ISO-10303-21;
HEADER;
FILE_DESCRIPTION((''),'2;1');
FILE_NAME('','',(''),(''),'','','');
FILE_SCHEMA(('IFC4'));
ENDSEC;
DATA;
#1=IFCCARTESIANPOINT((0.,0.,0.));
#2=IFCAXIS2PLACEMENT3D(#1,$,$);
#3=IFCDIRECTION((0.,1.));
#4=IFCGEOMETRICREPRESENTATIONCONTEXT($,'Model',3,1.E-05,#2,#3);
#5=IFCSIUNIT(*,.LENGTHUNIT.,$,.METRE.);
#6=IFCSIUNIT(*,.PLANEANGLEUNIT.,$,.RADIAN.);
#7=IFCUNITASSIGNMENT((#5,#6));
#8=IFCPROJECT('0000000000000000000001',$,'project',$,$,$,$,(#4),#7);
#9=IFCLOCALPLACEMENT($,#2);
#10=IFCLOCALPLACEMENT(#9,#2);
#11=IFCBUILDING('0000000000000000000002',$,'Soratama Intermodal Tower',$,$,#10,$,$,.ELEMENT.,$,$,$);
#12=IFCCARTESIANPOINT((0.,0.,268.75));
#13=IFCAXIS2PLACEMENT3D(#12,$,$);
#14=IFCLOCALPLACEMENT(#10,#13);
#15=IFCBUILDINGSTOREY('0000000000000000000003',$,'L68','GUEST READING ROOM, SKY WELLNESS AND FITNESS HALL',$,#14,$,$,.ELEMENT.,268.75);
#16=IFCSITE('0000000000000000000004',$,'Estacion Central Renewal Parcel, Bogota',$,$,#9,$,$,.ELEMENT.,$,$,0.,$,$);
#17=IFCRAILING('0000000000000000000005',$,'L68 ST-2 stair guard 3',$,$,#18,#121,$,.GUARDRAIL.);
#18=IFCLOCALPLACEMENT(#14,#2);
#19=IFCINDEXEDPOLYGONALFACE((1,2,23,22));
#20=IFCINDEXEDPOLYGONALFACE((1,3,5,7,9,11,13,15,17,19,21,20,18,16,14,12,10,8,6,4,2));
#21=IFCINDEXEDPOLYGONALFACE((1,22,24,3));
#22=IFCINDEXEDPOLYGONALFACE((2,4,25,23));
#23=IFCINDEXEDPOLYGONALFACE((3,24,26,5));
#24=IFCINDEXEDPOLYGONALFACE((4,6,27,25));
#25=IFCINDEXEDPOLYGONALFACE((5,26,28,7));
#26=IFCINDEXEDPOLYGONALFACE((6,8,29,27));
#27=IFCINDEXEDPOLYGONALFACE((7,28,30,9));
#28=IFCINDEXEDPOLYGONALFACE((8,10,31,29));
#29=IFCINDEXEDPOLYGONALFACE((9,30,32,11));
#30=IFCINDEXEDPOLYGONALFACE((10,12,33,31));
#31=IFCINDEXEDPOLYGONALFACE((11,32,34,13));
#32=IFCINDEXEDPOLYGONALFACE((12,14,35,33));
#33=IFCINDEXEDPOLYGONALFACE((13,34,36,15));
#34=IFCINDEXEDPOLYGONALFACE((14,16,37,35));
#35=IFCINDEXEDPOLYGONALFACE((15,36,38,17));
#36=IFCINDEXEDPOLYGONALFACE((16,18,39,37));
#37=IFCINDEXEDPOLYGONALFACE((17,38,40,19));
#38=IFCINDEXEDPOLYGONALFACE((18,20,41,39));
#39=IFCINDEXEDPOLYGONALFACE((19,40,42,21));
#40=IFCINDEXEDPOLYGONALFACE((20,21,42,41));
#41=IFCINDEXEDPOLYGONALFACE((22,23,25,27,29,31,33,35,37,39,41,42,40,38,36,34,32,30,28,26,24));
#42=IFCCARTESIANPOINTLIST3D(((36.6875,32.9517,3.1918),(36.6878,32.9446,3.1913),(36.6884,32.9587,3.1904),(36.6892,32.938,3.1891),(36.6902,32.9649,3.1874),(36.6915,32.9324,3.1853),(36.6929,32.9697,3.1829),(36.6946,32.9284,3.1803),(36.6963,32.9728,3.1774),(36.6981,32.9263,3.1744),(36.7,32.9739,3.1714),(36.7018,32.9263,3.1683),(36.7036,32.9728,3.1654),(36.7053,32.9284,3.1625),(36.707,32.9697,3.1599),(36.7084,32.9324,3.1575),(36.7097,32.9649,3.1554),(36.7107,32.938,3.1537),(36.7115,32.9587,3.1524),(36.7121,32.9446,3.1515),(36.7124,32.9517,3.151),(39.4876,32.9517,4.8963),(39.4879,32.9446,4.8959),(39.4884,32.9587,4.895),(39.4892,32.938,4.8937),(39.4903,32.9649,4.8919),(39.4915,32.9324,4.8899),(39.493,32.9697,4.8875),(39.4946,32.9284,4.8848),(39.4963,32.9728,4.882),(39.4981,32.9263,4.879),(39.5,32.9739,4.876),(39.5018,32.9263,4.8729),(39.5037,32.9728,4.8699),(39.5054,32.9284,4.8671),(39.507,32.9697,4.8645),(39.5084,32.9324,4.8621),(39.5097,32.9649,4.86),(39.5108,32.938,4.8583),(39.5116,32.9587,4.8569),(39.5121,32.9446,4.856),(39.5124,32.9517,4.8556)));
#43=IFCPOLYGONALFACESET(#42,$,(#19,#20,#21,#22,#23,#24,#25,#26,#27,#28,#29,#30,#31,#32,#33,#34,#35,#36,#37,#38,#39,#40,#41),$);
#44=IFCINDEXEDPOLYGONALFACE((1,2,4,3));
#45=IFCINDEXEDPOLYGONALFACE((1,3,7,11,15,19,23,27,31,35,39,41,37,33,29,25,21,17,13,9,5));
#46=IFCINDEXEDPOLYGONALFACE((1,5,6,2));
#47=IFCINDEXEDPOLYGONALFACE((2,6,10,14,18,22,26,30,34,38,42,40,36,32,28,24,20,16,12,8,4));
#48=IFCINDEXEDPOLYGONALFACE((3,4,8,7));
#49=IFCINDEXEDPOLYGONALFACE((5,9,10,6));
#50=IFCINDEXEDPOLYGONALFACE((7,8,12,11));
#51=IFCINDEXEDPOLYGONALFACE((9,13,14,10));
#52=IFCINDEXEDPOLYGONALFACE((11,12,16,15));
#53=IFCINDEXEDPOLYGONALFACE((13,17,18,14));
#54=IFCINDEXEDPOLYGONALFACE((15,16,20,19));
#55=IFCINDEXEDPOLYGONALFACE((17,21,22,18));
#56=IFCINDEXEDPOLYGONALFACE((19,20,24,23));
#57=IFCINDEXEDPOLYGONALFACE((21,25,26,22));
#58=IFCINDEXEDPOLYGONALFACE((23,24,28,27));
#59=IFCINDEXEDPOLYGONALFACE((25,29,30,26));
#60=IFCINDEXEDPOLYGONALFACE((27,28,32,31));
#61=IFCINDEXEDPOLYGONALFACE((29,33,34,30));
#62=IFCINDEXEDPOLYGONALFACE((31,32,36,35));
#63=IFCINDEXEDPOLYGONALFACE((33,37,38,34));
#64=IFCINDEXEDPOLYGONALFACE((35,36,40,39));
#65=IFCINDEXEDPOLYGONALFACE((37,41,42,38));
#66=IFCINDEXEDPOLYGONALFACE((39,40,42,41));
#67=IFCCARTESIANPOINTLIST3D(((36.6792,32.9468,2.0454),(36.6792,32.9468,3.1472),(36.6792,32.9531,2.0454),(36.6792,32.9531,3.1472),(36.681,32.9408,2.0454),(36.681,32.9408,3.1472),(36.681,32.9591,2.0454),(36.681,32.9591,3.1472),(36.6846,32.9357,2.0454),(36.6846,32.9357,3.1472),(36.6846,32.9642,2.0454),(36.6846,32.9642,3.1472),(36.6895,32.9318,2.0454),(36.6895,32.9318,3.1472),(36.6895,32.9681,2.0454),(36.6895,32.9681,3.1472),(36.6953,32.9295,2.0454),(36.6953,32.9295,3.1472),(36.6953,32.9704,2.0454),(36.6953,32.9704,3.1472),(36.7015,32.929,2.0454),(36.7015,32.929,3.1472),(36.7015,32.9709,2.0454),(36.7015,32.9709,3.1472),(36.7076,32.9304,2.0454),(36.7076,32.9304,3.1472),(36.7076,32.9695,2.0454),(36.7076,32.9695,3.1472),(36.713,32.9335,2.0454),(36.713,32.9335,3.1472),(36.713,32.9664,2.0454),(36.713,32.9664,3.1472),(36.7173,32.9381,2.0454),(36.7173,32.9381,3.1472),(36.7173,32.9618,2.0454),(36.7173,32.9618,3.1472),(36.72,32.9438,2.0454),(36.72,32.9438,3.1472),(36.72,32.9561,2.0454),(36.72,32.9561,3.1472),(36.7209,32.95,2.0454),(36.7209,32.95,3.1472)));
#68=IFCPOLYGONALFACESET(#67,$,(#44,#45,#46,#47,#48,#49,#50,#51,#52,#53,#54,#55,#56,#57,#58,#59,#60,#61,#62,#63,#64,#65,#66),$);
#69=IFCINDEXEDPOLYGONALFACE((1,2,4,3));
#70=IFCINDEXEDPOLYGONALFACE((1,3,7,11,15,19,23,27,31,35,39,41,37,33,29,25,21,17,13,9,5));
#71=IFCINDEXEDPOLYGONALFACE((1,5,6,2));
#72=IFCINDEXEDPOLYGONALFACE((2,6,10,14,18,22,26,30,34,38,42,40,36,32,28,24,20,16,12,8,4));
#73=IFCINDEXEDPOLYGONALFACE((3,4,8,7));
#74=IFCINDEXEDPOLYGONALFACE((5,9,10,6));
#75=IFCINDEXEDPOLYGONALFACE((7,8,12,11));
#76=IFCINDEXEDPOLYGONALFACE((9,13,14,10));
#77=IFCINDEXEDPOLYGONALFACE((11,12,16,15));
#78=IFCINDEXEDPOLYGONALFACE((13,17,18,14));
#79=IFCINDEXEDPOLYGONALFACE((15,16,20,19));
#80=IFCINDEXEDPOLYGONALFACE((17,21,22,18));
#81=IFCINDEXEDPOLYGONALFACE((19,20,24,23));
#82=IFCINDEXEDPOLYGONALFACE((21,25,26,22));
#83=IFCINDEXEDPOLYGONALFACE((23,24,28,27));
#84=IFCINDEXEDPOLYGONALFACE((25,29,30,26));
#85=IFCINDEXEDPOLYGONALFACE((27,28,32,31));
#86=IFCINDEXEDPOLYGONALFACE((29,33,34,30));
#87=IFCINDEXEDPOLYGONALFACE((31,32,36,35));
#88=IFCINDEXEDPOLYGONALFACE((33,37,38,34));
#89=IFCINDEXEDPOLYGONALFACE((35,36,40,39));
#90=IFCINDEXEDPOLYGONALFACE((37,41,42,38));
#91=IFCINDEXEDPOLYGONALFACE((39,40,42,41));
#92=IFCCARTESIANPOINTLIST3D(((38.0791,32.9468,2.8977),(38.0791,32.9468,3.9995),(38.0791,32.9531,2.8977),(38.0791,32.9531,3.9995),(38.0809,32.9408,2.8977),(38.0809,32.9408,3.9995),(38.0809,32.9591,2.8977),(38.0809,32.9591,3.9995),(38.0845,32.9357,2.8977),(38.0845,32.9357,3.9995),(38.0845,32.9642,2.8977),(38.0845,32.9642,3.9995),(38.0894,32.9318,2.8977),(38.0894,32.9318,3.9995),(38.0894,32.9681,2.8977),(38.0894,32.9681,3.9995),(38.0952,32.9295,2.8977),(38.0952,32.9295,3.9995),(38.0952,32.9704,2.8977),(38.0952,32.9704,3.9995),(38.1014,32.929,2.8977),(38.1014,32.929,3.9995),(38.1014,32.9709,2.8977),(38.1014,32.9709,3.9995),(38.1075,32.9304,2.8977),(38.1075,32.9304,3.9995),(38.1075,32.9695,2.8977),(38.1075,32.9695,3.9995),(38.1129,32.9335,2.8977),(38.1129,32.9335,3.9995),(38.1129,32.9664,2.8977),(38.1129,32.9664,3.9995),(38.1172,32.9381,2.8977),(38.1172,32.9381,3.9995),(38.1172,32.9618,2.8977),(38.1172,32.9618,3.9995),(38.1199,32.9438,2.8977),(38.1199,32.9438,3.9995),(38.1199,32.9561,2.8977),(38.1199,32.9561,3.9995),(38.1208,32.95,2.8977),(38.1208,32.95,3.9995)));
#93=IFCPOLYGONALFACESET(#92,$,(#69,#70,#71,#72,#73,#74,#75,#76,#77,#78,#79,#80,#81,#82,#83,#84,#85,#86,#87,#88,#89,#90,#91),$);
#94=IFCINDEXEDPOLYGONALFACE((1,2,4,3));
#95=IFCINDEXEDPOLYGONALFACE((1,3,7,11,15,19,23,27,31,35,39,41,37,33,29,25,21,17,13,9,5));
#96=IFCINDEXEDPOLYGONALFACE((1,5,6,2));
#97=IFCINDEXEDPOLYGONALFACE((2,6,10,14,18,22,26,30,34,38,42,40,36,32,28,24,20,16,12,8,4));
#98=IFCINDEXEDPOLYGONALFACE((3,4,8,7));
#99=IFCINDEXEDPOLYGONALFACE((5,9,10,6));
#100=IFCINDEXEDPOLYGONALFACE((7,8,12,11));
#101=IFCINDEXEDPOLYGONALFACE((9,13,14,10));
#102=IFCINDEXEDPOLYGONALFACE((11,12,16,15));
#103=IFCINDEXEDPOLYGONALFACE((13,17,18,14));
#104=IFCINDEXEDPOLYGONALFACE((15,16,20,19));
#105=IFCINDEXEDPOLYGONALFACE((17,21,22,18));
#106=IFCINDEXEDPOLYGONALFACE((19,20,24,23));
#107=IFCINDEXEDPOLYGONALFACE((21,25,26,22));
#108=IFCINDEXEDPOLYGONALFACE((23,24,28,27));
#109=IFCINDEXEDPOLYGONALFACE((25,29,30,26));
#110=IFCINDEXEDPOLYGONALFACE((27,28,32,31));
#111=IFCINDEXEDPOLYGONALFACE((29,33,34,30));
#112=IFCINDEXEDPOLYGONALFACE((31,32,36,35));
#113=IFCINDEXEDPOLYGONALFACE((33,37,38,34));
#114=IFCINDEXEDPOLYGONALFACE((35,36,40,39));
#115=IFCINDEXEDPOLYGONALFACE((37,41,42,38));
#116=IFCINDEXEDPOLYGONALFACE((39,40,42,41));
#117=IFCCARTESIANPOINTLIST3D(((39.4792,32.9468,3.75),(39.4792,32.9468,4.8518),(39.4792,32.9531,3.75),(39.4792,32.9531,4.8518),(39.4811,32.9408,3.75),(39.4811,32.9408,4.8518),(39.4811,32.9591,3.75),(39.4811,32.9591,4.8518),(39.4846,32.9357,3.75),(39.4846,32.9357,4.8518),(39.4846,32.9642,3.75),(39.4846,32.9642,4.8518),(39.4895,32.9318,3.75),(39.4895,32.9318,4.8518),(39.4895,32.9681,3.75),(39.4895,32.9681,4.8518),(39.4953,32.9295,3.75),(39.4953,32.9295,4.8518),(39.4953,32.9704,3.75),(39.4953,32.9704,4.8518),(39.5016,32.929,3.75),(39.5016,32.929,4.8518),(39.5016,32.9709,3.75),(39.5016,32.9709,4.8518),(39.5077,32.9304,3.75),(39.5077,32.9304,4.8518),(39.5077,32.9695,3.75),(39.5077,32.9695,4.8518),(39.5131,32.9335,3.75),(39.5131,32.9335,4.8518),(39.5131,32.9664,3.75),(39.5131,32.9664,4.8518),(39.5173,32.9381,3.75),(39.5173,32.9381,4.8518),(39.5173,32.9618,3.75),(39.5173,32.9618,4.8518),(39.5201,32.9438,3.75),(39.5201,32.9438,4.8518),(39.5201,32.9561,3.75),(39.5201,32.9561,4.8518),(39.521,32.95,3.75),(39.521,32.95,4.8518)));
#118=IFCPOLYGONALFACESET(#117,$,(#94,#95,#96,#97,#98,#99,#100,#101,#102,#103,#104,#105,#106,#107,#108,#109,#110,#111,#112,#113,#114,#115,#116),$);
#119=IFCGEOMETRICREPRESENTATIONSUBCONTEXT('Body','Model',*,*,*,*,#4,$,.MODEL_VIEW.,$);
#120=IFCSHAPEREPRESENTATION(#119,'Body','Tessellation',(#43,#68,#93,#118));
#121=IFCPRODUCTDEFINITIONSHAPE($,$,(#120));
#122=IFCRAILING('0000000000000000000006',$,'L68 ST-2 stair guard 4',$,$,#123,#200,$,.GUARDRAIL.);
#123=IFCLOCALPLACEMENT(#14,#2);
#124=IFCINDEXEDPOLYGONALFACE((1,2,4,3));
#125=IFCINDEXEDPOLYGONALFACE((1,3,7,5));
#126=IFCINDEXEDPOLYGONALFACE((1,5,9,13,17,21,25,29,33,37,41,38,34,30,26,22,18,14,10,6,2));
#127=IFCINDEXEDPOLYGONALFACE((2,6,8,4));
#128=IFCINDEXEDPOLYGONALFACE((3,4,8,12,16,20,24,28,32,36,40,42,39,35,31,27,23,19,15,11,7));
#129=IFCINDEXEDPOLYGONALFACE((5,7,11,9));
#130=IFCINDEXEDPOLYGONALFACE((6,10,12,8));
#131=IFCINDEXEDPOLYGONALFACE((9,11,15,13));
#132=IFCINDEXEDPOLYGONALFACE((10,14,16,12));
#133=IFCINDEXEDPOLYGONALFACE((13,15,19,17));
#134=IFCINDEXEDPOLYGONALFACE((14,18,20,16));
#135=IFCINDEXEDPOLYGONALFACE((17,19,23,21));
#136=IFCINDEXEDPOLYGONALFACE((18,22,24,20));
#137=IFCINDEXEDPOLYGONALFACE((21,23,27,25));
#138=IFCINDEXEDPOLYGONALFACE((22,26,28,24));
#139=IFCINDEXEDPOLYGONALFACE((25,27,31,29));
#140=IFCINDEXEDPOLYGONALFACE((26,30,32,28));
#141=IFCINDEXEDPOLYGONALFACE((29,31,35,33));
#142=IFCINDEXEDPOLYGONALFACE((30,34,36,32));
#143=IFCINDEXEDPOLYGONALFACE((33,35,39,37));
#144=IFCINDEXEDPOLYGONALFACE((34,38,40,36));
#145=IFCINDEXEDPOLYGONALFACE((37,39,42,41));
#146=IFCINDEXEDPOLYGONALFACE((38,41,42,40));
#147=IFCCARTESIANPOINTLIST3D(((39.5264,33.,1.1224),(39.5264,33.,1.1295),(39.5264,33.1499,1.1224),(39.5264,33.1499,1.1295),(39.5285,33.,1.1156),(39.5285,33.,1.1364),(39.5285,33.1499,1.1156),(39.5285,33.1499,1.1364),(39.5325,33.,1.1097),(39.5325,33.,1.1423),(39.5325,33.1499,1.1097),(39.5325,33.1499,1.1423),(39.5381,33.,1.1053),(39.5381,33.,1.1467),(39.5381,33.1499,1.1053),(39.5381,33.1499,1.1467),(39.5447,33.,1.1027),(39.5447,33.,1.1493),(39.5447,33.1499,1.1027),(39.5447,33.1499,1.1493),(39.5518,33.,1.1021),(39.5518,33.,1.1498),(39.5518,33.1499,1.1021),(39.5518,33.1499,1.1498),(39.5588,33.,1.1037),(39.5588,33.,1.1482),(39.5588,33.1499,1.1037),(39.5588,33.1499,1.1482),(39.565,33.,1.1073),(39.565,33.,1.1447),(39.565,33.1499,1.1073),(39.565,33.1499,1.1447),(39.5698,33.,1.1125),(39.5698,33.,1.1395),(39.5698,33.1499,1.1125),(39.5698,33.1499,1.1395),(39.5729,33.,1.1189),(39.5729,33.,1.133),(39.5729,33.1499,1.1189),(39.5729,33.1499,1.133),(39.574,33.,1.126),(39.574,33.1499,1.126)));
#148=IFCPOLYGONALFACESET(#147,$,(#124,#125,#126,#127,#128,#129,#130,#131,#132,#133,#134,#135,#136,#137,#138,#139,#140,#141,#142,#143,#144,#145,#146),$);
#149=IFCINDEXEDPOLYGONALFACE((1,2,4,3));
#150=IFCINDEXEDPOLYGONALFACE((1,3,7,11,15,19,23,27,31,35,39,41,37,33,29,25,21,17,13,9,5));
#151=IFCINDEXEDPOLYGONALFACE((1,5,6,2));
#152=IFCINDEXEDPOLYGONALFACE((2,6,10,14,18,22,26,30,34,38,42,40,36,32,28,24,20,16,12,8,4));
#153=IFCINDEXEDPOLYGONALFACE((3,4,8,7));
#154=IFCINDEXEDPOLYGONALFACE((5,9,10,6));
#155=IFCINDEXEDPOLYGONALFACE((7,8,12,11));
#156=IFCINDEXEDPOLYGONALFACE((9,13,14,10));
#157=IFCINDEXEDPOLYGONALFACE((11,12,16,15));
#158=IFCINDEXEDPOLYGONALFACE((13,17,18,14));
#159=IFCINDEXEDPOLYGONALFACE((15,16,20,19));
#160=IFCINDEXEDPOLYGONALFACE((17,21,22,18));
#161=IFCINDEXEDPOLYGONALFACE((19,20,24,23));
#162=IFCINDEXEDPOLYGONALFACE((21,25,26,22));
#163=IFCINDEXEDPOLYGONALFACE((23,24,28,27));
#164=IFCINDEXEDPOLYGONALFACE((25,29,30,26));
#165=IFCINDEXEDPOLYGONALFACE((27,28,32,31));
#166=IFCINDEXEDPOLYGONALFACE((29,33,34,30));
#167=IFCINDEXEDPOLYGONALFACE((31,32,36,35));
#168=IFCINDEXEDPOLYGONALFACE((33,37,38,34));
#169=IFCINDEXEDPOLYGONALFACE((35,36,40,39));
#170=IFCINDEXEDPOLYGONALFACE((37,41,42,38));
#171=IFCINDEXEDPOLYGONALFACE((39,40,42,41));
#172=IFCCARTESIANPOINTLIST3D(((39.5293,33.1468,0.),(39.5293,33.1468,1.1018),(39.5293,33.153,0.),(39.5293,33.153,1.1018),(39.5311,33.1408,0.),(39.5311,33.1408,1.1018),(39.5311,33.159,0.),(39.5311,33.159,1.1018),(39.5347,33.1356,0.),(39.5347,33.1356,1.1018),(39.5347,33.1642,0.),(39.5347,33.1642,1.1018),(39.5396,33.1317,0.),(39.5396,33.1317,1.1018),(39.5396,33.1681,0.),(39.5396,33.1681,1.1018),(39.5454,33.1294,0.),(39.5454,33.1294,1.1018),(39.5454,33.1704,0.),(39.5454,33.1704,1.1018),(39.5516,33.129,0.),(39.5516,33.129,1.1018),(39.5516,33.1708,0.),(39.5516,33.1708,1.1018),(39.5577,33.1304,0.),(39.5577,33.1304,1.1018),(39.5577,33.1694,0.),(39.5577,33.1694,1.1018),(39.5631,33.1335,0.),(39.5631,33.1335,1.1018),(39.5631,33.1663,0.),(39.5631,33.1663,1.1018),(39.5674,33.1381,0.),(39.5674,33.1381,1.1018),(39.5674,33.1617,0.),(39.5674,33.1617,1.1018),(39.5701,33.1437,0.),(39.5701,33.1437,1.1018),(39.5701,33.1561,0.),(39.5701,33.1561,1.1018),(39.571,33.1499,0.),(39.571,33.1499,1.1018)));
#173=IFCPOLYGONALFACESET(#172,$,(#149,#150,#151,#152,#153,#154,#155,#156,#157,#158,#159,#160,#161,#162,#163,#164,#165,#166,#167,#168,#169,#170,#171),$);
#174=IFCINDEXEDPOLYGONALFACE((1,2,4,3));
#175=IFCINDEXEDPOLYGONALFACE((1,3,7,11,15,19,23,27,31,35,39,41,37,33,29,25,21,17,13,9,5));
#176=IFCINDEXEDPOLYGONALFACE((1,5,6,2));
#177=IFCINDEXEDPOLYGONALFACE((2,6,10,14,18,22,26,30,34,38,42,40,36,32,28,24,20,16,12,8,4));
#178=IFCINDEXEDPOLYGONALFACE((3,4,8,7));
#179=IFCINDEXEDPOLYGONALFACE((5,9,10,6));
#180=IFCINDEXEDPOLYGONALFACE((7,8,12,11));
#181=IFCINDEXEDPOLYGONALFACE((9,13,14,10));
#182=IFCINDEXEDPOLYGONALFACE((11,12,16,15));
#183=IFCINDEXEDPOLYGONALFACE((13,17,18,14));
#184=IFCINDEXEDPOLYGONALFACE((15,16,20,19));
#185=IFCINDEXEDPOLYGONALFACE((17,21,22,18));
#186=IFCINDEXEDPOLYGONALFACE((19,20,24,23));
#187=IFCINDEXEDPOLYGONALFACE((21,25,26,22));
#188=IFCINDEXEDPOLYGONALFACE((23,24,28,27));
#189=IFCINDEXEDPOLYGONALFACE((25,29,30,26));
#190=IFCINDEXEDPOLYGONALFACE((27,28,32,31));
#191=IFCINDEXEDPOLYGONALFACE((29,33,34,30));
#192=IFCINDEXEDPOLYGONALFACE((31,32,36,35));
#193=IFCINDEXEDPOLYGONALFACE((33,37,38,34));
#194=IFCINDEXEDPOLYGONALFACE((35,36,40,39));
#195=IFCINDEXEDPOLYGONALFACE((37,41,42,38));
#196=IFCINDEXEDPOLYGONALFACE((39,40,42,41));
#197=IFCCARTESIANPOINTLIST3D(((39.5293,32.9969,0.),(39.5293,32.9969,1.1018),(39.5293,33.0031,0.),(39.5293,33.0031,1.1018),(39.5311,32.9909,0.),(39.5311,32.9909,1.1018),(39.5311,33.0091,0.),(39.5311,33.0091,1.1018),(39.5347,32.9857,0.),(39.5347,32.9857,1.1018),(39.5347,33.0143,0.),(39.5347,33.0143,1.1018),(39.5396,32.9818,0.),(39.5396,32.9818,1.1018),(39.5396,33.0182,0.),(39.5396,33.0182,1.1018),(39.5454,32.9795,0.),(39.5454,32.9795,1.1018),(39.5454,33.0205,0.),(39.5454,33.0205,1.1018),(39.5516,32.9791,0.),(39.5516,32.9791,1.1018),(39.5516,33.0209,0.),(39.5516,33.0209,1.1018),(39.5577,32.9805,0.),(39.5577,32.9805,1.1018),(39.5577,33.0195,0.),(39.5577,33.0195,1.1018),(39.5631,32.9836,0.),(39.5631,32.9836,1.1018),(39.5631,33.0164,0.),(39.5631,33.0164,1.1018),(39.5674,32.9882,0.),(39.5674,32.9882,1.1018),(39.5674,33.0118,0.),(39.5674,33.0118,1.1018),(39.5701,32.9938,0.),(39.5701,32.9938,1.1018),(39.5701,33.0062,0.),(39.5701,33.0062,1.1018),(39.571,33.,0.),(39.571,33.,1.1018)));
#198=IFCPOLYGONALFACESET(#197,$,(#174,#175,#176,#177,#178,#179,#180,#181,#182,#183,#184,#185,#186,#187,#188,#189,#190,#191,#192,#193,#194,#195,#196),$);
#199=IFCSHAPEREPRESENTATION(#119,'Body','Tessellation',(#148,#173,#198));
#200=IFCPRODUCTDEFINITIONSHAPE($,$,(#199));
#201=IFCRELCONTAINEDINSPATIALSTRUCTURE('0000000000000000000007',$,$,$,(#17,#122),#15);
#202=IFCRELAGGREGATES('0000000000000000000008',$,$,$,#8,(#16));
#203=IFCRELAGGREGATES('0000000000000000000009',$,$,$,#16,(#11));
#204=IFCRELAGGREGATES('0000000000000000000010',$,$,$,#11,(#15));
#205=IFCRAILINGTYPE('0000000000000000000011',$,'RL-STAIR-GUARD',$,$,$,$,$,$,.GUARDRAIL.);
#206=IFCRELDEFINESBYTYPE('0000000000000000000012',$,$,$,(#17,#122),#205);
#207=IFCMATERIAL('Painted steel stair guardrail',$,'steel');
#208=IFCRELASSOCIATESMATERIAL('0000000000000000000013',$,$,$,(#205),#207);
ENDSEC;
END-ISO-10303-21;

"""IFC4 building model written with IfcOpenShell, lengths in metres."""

from ifc_helpers import new_model, si_unit, direction, frame, origin, origin_2d, place, context, subcontext, project, spatial, circle, extrude, material, type_object, element, save


model = new_model("IFC4")

# Units and contexts
model_context = context("Model", 3, precision=1e-05, world=origin(), true_north=direction((0.0, 1.0)))
body_context = subcontext(model_context, "Body", "Model", "MODEL_VIEW")
ifc_project = project(units=[si_unit("LENGTHUNIT", "METRE"), si_unit("PLANEANGLEUNIT", "RADIAN")], contexts=[model_context])

# Site, building, storey
site_placement = place(None, origin())
site = spatial("IfcSite", under=ifc_project, at=site_placement, Name="Estacion Central Renewal Parcel, Bogota", CompositionType="ELEMENT", RefElevation=0.0)
building_placement = place(site_placement, origin())
building = spatial("IfcBuilding", under=site, at=building_placement, Name="Soratama Intermodal Tower", CompositionType="ELEMENT")
storey_placement = place(building_placement, frame((0.0, 0.0, 268.75)))
storey = spatial("IfcBuildingStorey", under=building, at=storey_placement, Name="L68", Description="GUEST READING ROOM, SKY WELLNESS AND FITNESS HALL", CompositionType="ELEMENT", Elevation=268.75)

# Railings
ifc_material_1 = material(Name="Painted steel stair guardrail", Category="steel")
railing_type_1 = type_object("IfcRailingType", Name="RL-STAIR-GUARD", PredefinedType="GUARDRAIL", material=ifc_material_1)
railing_1_placement = place(storey_placement, frame((36.7, 32.95, 2.0454)))
element("IfcRailing", 1, at=railing_1_placement, inside=storey, type_object=railing_type_1, Name="L68 ST-2 stair guard 3", PredefinedType="GUARDRAIL", context=body_context, shape_type="SweptSolid", body=[
    extrude(circle(Radius=0.0239, at=origin_2d()), frame((0.0, 0.0, 1.126), z_axis=(0.85417, 0.0, 0.519994), x_axis=(0.0, 1.0, 0.0)), (0.0, 0.0, 1.0), 3.2781),
    extrude(circle(Radius=0.021, at=origin_2d()), origin(), (0.0, 0.0, 1.0), 1.1018),
    extrude(circle(Radius=0.021, at=origin_2d()), frame((1.3999, 0.0, 0.8523)), (0.0, 0.0, 1.0), 1.1018),
    extrude(circle(Radius=0.021, at=origin_2d()), frame((2.8, 0.0, 1.7046)), (0.0, 0.0, 1.0), 1.1018),
])
railing_2_placement = place(storey_placement, frame((39.55, 33.1499, 0.0)))
element("IfcRailing", 2, at=railing_2_placement, inside=storey, type_object=railing_type_1, Name="L68 ST-2 stair guard 4", PredefinedType="GUARDRAIL", context=body_context, shape_type="SweptSolid", body=[
    extrude(circle(Radius=0.0239, at=origin_2d()), frame((0.0, 0.0, 1.126), z_axis=(0.0, -1.0, 0.0), x_axis=(1.0, 0.0, 0.0)), (0.0, 0.0, 1.0), 0.1499),
    extrude(circle(Radius=0.021, at=origin_2d()), origin(), (0.0, 0.0, 1.0), 1.1018),
    extrude(circle(Radius=0.021, at=origin_2d()), frame((0.0, -0.1499, 0.0)), (0.0, 0.0, 1.0), 1.1018),
])

save(model, "model.ifc")
